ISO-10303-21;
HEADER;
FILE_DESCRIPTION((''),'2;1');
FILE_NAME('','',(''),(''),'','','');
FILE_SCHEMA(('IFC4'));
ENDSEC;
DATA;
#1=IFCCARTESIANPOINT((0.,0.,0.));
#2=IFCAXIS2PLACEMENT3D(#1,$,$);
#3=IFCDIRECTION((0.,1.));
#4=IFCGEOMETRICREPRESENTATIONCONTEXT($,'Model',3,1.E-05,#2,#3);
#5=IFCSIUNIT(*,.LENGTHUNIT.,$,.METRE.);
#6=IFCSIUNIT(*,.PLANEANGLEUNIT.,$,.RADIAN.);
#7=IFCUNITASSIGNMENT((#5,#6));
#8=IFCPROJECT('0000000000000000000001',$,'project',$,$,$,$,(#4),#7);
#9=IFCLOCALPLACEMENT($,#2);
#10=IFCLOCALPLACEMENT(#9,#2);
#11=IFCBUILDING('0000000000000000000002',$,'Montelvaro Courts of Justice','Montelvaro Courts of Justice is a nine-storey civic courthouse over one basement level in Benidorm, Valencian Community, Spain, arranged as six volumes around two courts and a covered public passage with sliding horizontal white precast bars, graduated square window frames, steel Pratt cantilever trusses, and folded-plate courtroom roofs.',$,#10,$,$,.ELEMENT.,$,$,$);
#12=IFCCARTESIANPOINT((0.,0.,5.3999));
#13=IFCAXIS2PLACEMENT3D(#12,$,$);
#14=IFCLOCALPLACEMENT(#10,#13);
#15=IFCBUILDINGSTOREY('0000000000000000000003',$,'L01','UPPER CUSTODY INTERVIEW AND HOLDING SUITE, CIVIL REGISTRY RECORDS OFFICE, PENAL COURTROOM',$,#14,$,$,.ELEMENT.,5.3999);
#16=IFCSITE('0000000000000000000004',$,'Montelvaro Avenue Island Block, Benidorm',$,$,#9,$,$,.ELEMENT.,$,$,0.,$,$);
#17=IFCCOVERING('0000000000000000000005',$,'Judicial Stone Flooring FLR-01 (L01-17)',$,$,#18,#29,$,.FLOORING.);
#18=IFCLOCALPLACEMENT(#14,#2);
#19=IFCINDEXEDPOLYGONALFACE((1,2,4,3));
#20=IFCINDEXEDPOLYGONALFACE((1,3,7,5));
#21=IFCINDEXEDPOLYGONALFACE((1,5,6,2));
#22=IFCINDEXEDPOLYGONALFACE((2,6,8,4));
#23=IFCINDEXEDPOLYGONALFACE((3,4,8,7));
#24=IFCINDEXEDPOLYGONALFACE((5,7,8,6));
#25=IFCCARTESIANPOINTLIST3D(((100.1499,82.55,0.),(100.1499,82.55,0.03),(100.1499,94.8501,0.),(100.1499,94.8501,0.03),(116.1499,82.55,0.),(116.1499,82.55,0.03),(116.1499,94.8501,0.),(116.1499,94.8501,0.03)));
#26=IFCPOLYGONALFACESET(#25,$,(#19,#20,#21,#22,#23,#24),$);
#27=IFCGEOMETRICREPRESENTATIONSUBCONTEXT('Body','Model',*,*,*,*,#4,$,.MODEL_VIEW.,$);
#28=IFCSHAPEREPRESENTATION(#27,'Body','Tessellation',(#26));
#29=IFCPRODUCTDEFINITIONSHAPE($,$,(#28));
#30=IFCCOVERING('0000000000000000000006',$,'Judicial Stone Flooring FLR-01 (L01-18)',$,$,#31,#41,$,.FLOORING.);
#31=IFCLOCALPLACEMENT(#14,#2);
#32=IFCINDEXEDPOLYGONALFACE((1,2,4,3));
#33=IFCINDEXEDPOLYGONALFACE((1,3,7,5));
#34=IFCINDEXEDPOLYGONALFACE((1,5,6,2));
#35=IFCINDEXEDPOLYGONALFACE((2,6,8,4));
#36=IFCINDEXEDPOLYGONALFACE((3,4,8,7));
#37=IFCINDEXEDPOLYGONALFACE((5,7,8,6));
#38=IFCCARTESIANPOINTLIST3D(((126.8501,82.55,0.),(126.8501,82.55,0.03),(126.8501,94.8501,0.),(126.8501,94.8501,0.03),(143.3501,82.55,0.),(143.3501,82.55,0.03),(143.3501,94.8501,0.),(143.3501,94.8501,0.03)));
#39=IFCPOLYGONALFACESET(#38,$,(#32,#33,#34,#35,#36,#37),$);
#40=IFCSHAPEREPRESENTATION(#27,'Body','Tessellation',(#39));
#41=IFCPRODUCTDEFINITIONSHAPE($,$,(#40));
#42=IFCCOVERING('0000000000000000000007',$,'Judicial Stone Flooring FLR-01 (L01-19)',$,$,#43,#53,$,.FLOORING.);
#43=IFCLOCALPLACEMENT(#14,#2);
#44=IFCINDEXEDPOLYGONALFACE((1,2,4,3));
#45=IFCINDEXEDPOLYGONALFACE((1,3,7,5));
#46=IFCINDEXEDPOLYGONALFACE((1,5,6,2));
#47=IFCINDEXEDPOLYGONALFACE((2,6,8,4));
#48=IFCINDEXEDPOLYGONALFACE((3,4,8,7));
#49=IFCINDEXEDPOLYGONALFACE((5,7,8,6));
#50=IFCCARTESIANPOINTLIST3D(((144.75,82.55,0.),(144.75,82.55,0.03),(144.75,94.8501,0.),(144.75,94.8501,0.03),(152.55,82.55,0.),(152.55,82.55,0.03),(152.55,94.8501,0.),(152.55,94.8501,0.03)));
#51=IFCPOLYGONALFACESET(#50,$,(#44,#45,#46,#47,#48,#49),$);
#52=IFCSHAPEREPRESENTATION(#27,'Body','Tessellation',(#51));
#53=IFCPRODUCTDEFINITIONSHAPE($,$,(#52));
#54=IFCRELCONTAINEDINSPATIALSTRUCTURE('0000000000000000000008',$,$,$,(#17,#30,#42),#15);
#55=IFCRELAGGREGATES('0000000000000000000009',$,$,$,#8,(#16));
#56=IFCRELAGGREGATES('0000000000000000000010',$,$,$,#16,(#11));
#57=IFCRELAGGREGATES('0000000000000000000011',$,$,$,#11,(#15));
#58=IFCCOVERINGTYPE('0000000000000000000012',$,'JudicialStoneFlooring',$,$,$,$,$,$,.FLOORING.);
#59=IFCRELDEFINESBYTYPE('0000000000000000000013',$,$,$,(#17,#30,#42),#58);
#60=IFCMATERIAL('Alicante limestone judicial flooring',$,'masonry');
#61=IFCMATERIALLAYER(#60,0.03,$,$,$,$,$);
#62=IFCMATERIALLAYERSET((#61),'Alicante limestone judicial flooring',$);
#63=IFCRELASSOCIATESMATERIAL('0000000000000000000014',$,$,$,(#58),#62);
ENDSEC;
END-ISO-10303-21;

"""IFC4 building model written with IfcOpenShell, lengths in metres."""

from ifc_helpers import new_model, si_unit, direction, frame, origin, place, context, subcontext, project, spatial, polyline, outline, extrude, material, layer, layer_set, type_object, element, save


model = new_model("IFC4")

# Units and contexts
model_context = context("Model", 3, precision=1e-05, world=origin(), true_north=direction((0.0, 1.0)))
body_context = subcontext(model_context, "Body", "Model", "MODEL_VIEW")
ifc_project = project(units=[si_unit("LENGTHUNIT", "METRE"), si_unit("PLANEANGLEUNIT", "RADIAN")], contexts=[model_context])

# Site, building, storey
site_placement = place(None, origin())
site = spatial("IfcSite", under=ifc_project, at=site_placement, Name="Montelvaro Avenue Island Block, Benidorm", CompositionType="ELEMENT", RefElevation=0.0)
building_placement = place(site_placement, origin())
building = spatial("IfcBuilding", under=site, at=building_placement, Name="Montelvaro Courts of Justice", Description="Montelvaro Courts of Justice is a nine-storey civic courthouse over one basement level in Benidorm, Valencian Community, Spain, arranged as six volumes around two courts and a covered public passage with sliding horizontal white precast bars, graduated square window frames, steel Pratt cantilever trusses, and folded-plate courtroom roofs.", CompositionType="ELEMENT")
storey_placement = place(building_placement, frame((0.0, 0.0, 5.3999)))
storey = spatial("IfcBuildingStorey", under=building, at=storey_placement, Name="L01", Description="UPPER CUSTODY INTERVIEW AND HOLDING SUITE, CIVIL REGISTRY RECORDS OFFICE, PENAL COURTROOM", CompositionType="ELEMENT", Elevation=5.3999)

# Coverings
ifc_material_1 = material(Name="Alicante limestone judicial flooring", Category="masonry")
ifc_layer_1 = layer(ifc_material_1, 0.03)
ifc_layer_set_1 = layer_set([ifc_layer_1], Name="Alicante limestone judicial flooring")
covering_type_1 = type_object("IfcCoveringType", Name="JudicialStoneFlooring", PredefinedType="FLOORING", material=ifc_layer_set_1)
covering_1_placement = place(storey_placement, origin())
element("IfcCovering", 1, at=covering_1_placement, inside=storey, type_object=covering_type_1, Name="Judicial Stone Flooring FLR-01 (L01-17)", PredefinedType="FLOORING", context=body_context, shape_type="SweptSolid", body=[
    extrude(outline(polyline([(116.1499, 82.55), (100.1499, 82.55), (100.1499, 94.8501), (116.1499, 94.8501), (116.1499, 82.55)])), origin(), (0.0, 0.0, 1.0), 0.03),
])
covering_2_placement = place(storey_placement, origin())
element("IfcCovering", 2, at=covering_2_placement, inside=storey, type_object=covering_type_1, Name="Judicial Stone Flooring FLR-01 (L01-18)", PredefinedType="FLOORING", context=body_context, shape_type="SweptSolid", body=[
    extrude(outline(polyline([(126.8501, 82.55), (126.8501, 94.8501), (143.3501, 94.8501), (143.3501, 82.55), (126.8501, 82.55)])), origin(), (0.0, 0.0, 1.0), 0.03),
])
covering_3_placement = place(storey_placement, origin())
element("IfcCovering", 3, at=covering_3_placement, inside=storey, type_object=covering_type_1, Name="Judicial Stone Flooring FLR-01 (L01-19)", PredefinedType="FLOORING", context=body_context, shape_type="SweptSolid", body=[
    extrude(outline(polyline([(144.75, 94.8501), (152.55, 94.8501), (152.55, 82.55), (144.75, 82.55), (144.75, 94.8501)])), origin(), (0.0, 0.0, 1.0), 0.03),
])

save(model, "model.ifc")
